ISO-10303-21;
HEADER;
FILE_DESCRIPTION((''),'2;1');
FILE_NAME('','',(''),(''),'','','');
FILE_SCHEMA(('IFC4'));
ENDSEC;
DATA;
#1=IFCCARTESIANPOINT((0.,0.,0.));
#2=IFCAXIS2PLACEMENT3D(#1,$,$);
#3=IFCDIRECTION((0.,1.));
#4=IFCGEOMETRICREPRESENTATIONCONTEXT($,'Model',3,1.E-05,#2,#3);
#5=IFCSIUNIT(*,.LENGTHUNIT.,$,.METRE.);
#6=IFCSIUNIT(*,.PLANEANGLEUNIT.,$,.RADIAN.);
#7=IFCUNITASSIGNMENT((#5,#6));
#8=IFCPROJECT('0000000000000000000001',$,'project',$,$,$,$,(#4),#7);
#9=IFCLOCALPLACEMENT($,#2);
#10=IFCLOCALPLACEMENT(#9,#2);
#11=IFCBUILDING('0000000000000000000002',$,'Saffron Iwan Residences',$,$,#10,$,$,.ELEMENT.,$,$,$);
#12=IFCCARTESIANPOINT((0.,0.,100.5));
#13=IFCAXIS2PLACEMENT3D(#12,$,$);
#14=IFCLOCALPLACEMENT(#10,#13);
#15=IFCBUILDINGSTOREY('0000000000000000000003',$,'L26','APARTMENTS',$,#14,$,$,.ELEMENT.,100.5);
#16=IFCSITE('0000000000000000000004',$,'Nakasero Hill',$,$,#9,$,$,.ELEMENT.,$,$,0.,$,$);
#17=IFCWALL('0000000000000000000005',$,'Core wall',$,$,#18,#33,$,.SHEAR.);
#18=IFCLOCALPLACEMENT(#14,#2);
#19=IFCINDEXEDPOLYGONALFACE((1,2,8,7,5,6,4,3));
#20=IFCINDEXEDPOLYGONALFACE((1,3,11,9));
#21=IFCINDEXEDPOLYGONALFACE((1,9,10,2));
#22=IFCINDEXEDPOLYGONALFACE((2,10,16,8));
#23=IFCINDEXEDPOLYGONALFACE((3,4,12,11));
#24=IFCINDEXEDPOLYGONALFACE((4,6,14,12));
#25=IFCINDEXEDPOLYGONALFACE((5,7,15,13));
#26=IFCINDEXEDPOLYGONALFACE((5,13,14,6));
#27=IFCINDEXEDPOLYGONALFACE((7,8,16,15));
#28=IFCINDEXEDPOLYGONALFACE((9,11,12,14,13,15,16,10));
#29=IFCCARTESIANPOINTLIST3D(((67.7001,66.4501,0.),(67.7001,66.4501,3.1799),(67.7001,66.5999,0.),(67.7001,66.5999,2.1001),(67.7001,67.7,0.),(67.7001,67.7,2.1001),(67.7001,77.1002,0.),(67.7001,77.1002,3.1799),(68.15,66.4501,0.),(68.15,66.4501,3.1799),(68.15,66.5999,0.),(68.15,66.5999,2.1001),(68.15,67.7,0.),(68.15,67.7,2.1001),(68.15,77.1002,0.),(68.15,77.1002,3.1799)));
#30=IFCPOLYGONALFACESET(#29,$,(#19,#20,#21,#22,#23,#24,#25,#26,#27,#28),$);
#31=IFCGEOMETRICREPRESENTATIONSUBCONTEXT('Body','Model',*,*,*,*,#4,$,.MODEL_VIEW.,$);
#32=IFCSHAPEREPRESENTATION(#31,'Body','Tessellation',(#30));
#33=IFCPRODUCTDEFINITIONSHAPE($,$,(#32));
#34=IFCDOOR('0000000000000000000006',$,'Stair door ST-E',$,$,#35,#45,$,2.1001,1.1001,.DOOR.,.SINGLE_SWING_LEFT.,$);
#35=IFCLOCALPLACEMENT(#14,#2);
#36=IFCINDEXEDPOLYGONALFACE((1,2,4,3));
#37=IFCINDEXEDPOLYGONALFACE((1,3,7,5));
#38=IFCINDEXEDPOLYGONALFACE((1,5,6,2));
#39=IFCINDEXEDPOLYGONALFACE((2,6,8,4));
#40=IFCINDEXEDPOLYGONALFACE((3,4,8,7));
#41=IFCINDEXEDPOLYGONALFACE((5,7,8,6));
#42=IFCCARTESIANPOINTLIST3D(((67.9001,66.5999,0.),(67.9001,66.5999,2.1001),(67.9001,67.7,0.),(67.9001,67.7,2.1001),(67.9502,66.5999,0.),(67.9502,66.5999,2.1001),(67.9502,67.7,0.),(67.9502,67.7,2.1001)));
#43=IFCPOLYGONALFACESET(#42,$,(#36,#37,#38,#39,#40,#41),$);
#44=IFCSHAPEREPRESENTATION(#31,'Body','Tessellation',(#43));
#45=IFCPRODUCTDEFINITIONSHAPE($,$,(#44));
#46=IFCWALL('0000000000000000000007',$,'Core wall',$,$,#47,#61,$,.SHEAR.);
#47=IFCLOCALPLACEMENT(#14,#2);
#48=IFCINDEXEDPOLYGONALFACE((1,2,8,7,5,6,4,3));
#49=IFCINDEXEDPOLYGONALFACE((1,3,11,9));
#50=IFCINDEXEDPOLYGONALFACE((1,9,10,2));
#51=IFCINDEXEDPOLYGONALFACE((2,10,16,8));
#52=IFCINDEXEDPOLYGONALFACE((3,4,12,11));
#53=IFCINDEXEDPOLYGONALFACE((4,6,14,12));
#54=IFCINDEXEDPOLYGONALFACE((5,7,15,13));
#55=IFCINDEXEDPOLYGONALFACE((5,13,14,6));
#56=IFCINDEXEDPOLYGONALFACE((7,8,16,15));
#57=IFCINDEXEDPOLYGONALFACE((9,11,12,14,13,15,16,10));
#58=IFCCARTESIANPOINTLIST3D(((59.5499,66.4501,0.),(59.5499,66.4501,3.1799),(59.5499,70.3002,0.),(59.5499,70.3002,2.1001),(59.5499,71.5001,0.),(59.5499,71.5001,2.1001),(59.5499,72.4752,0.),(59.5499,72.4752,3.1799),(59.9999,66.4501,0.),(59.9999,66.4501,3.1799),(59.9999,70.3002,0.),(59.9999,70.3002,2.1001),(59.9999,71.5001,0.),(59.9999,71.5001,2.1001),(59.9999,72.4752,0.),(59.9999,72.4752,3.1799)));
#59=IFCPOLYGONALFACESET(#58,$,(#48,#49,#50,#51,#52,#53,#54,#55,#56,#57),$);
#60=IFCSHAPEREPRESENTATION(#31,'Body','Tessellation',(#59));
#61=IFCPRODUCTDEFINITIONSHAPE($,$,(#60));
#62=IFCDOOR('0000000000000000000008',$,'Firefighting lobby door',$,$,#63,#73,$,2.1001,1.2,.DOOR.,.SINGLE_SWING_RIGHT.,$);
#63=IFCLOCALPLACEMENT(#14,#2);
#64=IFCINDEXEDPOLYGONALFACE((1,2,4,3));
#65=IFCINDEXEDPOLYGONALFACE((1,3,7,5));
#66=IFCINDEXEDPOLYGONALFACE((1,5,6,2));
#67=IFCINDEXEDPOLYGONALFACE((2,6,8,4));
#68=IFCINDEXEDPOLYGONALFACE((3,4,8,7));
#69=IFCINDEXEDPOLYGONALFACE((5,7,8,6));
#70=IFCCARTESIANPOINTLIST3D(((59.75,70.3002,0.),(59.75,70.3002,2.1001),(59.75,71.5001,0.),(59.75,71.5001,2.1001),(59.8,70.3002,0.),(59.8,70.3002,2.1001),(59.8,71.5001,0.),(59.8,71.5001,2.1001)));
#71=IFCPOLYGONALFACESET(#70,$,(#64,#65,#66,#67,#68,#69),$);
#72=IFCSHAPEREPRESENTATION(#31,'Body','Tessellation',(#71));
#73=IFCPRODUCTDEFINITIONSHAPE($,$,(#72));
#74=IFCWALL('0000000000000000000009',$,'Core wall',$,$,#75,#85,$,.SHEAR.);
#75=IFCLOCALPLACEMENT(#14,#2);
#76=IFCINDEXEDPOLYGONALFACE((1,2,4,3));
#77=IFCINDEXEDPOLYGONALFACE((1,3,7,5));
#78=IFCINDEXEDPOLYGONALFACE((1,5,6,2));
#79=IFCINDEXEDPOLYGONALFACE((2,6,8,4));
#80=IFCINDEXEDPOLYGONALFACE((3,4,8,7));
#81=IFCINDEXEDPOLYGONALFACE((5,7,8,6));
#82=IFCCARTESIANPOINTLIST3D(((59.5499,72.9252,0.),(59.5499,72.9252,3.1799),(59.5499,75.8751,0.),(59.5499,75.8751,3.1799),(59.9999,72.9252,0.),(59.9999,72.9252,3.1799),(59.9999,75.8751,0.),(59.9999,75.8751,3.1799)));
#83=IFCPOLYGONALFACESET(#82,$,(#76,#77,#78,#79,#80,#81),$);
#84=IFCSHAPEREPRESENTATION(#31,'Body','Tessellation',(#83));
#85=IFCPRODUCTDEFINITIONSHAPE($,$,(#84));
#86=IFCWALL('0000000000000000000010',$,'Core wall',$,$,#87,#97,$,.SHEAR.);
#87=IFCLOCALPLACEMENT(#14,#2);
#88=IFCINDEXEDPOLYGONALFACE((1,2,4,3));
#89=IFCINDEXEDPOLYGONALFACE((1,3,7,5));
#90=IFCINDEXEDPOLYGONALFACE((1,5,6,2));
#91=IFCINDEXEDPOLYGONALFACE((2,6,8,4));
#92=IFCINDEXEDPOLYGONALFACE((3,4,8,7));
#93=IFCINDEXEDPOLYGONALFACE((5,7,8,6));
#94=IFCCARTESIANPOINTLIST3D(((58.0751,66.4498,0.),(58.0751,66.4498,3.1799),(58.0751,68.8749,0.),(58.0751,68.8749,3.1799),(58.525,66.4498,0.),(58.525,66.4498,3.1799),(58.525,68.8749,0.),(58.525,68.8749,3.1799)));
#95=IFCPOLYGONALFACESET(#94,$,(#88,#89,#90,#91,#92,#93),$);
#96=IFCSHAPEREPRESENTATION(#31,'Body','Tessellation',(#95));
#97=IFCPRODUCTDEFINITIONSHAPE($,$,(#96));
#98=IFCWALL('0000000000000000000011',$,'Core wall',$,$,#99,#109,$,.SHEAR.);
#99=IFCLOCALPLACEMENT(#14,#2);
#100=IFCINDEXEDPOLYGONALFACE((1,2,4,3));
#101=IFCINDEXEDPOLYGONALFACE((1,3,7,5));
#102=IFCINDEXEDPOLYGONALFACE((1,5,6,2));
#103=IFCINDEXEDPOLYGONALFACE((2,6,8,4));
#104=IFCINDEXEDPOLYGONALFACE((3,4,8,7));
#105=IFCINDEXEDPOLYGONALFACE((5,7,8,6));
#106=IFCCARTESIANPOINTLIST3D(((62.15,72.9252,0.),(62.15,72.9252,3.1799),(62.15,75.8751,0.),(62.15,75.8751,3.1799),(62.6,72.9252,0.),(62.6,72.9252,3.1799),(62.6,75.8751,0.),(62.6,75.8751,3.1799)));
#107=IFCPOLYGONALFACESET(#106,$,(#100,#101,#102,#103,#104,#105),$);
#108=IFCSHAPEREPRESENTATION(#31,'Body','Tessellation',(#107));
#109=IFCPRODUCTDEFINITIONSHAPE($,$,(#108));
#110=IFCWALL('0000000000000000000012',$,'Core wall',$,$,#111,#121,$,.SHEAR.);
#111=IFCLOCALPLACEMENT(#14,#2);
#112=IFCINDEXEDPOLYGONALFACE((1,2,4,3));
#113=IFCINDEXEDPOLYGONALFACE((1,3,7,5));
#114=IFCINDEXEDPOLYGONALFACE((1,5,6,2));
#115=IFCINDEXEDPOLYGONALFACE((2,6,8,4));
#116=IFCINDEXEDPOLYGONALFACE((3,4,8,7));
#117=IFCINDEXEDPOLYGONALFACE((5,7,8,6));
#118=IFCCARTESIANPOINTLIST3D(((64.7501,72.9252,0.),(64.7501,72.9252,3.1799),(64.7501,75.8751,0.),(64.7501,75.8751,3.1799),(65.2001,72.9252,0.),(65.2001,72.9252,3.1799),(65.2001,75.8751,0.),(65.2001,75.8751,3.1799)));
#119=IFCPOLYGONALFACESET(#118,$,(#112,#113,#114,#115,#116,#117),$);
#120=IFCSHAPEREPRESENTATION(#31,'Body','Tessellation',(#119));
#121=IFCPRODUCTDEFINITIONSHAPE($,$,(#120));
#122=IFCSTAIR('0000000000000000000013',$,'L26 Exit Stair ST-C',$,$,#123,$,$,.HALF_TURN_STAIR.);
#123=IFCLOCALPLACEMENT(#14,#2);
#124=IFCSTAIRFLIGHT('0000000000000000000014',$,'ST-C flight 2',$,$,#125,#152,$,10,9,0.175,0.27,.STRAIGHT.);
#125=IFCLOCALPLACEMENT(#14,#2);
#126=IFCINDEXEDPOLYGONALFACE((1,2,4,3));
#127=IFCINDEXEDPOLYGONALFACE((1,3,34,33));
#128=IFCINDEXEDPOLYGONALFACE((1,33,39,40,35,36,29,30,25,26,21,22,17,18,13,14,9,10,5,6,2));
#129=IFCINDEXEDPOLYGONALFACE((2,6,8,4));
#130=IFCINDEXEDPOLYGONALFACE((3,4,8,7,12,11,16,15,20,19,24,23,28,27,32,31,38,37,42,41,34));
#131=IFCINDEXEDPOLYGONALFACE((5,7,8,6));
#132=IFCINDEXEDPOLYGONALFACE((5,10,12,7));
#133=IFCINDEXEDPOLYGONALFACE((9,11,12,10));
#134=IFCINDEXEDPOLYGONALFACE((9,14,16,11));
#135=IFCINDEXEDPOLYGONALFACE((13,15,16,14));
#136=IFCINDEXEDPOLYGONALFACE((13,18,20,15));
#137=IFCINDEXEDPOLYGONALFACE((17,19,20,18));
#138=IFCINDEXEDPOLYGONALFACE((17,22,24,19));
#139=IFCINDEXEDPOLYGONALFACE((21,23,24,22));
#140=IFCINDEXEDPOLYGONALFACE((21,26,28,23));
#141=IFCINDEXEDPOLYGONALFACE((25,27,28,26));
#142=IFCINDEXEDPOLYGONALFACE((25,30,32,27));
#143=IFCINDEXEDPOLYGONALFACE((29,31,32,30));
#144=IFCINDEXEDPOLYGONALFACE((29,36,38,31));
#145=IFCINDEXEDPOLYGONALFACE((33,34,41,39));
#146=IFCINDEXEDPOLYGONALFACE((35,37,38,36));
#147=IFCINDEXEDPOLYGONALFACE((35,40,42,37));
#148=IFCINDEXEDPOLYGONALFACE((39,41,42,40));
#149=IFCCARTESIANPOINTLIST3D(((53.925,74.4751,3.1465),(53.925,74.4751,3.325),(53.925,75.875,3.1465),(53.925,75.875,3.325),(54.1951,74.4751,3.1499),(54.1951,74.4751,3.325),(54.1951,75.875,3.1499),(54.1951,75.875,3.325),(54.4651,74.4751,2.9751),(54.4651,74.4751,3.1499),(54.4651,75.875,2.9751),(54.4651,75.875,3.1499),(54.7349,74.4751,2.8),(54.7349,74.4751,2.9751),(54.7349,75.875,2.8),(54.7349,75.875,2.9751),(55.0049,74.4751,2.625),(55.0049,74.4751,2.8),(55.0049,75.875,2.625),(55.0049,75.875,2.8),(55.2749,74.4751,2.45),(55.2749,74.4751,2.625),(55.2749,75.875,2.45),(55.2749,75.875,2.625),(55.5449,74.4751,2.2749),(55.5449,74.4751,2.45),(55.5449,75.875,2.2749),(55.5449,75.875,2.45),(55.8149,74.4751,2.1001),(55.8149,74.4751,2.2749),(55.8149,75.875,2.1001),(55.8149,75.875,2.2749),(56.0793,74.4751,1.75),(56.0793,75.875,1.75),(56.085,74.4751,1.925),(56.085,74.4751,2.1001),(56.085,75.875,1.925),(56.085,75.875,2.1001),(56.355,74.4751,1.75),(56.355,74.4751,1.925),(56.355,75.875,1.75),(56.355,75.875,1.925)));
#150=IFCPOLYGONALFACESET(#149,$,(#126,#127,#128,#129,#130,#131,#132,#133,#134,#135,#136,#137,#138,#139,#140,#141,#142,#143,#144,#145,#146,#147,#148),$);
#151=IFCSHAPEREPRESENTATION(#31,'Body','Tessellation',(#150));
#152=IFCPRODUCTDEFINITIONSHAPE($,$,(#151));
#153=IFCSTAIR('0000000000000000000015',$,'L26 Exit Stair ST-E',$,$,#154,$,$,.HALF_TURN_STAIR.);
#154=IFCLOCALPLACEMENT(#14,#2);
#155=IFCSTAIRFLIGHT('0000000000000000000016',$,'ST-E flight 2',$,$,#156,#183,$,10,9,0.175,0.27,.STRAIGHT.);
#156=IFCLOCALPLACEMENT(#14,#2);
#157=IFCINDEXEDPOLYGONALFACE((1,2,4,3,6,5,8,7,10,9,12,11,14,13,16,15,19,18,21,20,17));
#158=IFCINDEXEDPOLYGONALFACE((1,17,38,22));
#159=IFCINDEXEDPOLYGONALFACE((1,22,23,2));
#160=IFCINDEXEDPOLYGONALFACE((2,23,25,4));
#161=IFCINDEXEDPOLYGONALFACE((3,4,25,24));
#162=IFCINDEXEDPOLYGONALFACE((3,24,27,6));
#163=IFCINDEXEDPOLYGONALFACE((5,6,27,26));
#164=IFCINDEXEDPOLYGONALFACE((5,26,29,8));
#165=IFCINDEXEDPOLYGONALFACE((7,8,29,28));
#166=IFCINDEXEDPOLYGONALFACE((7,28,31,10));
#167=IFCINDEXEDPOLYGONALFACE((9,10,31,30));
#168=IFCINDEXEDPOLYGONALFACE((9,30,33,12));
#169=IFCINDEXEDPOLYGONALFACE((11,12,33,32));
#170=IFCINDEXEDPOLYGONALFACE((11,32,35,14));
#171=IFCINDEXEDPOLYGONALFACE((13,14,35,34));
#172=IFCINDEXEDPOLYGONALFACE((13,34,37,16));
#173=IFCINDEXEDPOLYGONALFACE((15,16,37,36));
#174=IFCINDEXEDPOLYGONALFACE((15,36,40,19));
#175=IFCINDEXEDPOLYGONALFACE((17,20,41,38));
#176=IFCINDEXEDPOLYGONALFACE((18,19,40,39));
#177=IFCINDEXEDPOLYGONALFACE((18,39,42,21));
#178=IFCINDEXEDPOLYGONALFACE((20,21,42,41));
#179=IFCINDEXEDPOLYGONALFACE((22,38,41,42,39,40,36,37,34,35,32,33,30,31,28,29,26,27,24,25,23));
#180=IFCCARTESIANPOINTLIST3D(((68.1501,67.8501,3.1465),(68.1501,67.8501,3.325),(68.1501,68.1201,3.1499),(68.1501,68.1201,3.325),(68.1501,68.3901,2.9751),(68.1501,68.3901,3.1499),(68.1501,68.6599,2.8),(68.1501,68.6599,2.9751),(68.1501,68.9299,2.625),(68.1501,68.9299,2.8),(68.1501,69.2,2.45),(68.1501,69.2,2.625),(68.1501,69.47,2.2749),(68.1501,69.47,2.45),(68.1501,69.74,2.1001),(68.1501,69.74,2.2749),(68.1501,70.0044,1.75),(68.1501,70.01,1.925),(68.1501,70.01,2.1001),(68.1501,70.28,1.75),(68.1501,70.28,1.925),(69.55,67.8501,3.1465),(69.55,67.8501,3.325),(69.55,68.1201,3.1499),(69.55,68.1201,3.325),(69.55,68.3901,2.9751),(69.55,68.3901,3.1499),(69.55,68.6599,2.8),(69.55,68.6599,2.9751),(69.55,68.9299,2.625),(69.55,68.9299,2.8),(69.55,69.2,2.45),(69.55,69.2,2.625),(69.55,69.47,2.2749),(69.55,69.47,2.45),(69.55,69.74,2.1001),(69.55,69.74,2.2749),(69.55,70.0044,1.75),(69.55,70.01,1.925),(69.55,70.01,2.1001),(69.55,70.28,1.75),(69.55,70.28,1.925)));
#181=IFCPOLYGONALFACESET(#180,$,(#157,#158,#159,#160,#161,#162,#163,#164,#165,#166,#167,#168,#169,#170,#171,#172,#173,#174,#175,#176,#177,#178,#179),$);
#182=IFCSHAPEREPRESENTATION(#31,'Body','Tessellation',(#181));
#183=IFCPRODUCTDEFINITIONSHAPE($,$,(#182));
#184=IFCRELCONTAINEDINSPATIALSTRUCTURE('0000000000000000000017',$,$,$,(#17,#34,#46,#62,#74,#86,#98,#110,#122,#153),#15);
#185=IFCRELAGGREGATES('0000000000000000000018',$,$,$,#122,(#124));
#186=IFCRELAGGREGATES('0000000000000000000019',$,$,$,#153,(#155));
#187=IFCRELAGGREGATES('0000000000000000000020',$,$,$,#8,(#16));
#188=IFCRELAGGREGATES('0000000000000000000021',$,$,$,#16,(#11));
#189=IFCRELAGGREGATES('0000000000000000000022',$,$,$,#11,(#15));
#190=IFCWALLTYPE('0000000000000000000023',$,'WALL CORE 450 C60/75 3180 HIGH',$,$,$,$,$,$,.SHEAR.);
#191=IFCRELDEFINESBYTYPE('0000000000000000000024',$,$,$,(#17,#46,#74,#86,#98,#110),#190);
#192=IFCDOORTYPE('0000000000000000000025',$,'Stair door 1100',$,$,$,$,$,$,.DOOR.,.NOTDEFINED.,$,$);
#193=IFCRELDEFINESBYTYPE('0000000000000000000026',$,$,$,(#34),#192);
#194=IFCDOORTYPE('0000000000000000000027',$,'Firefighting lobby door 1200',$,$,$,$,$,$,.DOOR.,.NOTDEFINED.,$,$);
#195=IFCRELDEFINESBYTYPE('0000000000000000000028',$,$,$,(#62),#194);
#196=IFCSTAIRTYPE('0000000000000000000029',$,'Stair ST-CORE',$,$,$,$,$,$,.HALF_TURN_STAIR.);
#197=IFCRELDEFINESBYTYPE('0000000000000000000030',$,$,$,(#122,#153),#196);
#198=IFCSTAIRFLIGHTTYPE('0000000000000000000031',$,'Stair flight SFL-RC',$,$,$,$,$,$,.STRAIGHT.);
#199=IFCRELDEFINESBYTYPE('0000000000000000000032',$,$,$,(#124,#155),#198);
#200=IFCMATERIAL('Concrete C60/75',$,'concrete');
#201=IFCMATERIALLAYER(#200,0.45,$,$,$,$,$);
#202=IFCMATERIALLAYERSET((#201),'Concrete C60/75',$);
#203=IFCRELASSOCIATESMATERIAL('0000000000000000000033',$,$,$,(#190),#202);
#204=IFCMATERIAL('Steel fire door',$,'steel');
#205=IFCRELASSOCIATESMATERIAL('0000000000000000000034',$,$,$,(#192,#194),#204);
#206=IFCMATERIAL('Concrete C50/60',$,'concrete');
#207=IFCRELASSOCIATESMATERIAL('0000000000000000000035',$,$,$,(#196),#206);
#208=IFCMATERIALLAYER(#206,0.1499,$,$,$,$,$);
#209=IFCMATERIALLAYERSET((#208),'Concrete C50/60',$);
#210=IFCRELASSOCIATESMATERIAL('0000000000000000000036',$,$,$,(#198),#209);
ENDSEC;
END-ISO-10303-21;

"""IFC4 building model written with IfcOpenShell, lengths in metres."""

from ifc_helpers import new_model, si_unit, direction, frame, frame_2d, origin, place, context, subcontext, project, spatial, polyline, rectangle, outline, extrude, material, layer, layer_set, type_object, element, fill, aggregate, save


model = new_model("IFC4")

# Units and contexts
model_context = context("Model", 3, precision=1e-05, world=origin(), true_north=direction((0.0, 1.0)))
body_context = subcontext(model_context, "Body", "Model", "MODEL_VIEW")
ifc_project = project(units=[si_unit("LENGTHUNIT", "METRE"), si_unit("PLANEANGLEUNIT", "RADIAN")], contexts=[model_context])

# Site, building, storey
site_placement = place(None, origin())
site = spatial("IfcSite", under=ifc_project, at=site_placement, Name="Nakasero Hill", CompositionType="ELEMENT", RefElevation=0.0)
building_placement = place(site_placement, origin())
building = spatial("IfcBuilding", under=site, at=building_placement, Name="Saffron Iwan Residences", CompositionType="ELEMENT")
storey_placement = place(building_placement, frame((0.0, 0.0, 100.5)))
storey = spatial("IfcBuildingStorey", under=building, at=storey_placement, Name="L26", Description="APARTMENTS", CompositionType="ELEMENT", Elevation=100.5)

# Shared definitions
ifc_material_1 = material(Name="Concrete C60/75", Category="concrete")

# Shared definitions
ifc_layer_1 = layer(ifc_material_1, 0.45)
ifc_layer_set_1 = layer_set([ifc_layer_1], Name="Concrete C60/75")
wall_type_1 = type_object("IfcWallType", Name="WALL CORE 450 C60/75 3180 HIGH", PredefinedType="SHEAR", material=ifc_layer_set_1)

# Walls, openings, doors
wall_1_placement = place(storey_placement, frame((67.925, 66.45, 0.0), z_axis=(0.0, 0.0, 1.0), x_axis=(0.0, 1.0, 0.0)))
wall_1 = element("IfcWall", 1, at=wall_1_placement, inside=storey, type_object=wall_type_1, Name="Core wall", PredefinedType="SHEAR", context=body_context, shape_type="SweptSolid", body=[
    extrude(rectangle(XDim=10.6501, YDim=0.45, at=frame_2d((5.3252, 0.0))), origin(), (0.0, 0.0, 1.0), 3.1799),
])
opening_1_placement = place(wall_1_placement, frame((0.1499, 0.0, 0.0)))
opening_1 = element("IfcOpeningElement", 2, at=opening_1_placement, cuts=wall_1, PredefinedType="OPENING", context=body_context, shape_type="SweptSolid", body=[
    extrude(rectangle(XDim=1.1001, YDim=2.1001, at=frame_2d((0.55, 1.05))), frame((0.0, 0.2349, 0.0), z_axis=(0.0, -1.0, 0.0), x_axis=(1.0, 0.0, 0.0)), (0.0, 0.0, 1.0), 0.47),
])
ifc_material_2 = material(Name="Steel fire door", Category="steel")
door_type_1 = type_object("IfcDoorType", Name="Stair door 1100", OperationType="NOTDEFINED", PredefinedType="DOOR", material=ifc_material_2)
door_1_placement = place(opening_1_placement, origin())
door_1 = element("IfcDoor", 3, at=door_1_placement, inside=storey, type_object=door_type_1, Name="Stair door ST-E", OperationType="SINGLE_SWING_LEFT", OverallHeight=2.1001, OverallWidth=1.1001, PredefinedType="DOOR", context=body_context, shape_type="SweptSolid", body=[
    extrude(rectangle(XDim=1.1001, YDim=2.1001, at=frame_2d((0.55, 1.05))), frame((0.0, 0.0249, 0.0), z_axis=(0.0, -1.0, 0.0), x_axis=(1.0, 0.0, 0.0)), (0.0, 0.0, 1.0), 0.05),
])
fill(opening_1, door_1)
wall_2_placement = place(storey_placement, frame((59.7749, 66.45, 0.0), z_axis=(0.0, 0.0, 1.0), x_axis=(0.0, 1.0, 0.0)))
wall_2 = element("IfcWall", 4, at=wall_2_placement, inside=storey, type_object=wall_type_1, Name="Core wall", PredefinedType="SHEAR", context=body_context, shape_type="SweptSolid", body=[
    extrude(rectangle(XDim=6.0251, YDim=0.45, at=frame_2d((3.0127, 0.0))), origin(), (0.0, 0.0, 1.0), 3.1799),
])
opening_2_placement = place(wall_2_placement, frame((3.8501, 0.0, 0.0)))
opening_2 = element("IfcOpeningElement", 5, at=opening_2_placement, cuts=wall_2, PredefinedType="OPENING", context=body_context, shape_type="SweptSolid", body=[
    extrude(rectangle(XDim=1.2, YDim=2.1001, at=frame_2d((0.6001, 1.05))), frame((0.0, 0.2349, 0.0), z_axis=(0.0, -1.0, 0.0), x_axis=(1.0, 0.0, 0.0)), (0.0, 0.0, 1.0), 0.47),
])
door_type_2 = type_object("IfcDoorType", Name="Firefighting lobby door 1200", OperationType="NOTDEFINED", PredefinedType="DOOR", material=ifc_material_2)
door_2_placement = place(opening_2_placement, origin())
door_2 = element("IfcDoor", 6, at=door_2_placement, inside=storey, type_object=door_type_2, Name="Firefighting lobby door", OperationType="SINGLE_SWING_RIGHT", OverallHeight=2.1001, OverallWidth=1.2, PredefinedType="DOOR", context=body_context, shape_type="SweptSolid", body=[
    extrude(rectangle(XDim=1.2, YDim=2.1001, at=frame_2d((0.6001, 1.05))), frame((0.0, 0.0249, 0.0), z_axis=(0.0, -1.0, 0.0), x_axis=(1.0, 0.0, 0.0)), (0.0, 0.0, 1.0), 0.05),
])
fill(opening_2, door_2)

# Walls
wall_3_placement = place(storey_placement, frame((59.7749, 72.925, 0.0), z_axis=(0.0, 0.0, 1.0), x_axis=(0.0, 1.0, 0.0)))
element("IfcWall", 7, at=wall_3_placement, inside=storey, type_object=wall_type_1, Name="Core wall", PredefinedType="SHEAR", context=body_context, shape_type="SweptSolid", body=[
    extrude(rectangle(XDim=2.95, YDim=0.45, at=frame_2d((1.4751, 0.0))), origin(), (0.0, 0.0, 1.0), 3.1799),
])
wall_4_placement = place(storey_placement, frame((58.3, 66.45, 0.0), z_axis=(0.0, 0.0, 1.0), x_axis=(0.0, 1.0, 0.0)))
element("IfcWall", 8, at=wall_4_placement, inside=storey, type_object=wall_type_1, Name="Core wall", PredefinedType="SHEAR", context=body_context, shape_type="SweptSolid", body=[
    extrude(rectangle(XDim=2.425, YDim=0.45, at=frame_2d((1.2124, 0.0))), origin(), (0.0, 0.0, 1.0), 3.1799),
])
for number, where, z_axis, x_axis, name in (
    (9, (62.375, 72.925, 0.0), (0.0, 0.0, 1.0), (0.0, 1.0, 0.0), "Core wall"),
    (10, (64.9751, 72.925, 0.0), (0.0, 0.0, 1.0), (0.0, 1.0, 0.0), "Core wall"),
):
    element("IfcWall", number, at=place(storey_placement, frame(where, z_axis=z_axis, x_axis=x_axis)), inside=storey, type_object=wall_type_1, Name=name, PredefinedType="SHEAR", context=body_context, shape_type="SweptSolid", body=[
        extrude(rectangle(XDim=2.95, YDim=0.45, at=frame_2d((1.4751, 0.0))), origin(), (0.0, 0.0, 1.0), 3.1799),
    ])

# Stairs, stair flights
ifc_material_3 = material(Name="Concrete C50/60", Category="concrete")
stair_type = type_object("IfcStairType", Name="Stair ST-CORE", PredefinedType="HALF_TURN_STAIR", material=ifc_material_3)
stair_1_placement = place(storey_placement, origin())
stair_1 = element("IfcStair", 11, at=stair_1_placement, inside=storey, type_object=stair_type, Name="L26 Exit Stair ST-C", PredefinedType="HALF_TURN_STAIR")
ifc_layer_2 = layer(ifc_material_3, 0.1499)
ifc_layer_set_2 = layer_set([ifc_layer_2], Name="Concrete C50/60")
stair_flight_type = type_object("IfcStairFlightType", Name="Stair flight SFL-RC", PredefinedType="STRAIGHT", material=ifc_layer_set_2)
stair_flight_1_placement = place(storey_placement, frame((56.355, 75.175, 1.75), z_axis=(0.0, 0.0, 1.0), x_axis=(-1.0, 0.0, 0.0)))
stair_flight_1 = element("IfcStairFlight", 12, at=stair_flight_1_placement, type_object=stair_flight_type, Name="ST-C flight 2", NumberOfRisers=10, NumberOfTreads=9, PredefinedType="STRAIGHT", RiserHeight=0.175, TreadLength=0.27, context=body_context, shape_type="SweptSolid", body=[
    extrude(outline(polyline([(0.0, 0.0), (0.0, 0.175), (0.27, 0.175), (0.27, 0.3501), (0.54, 0.3501), (0.54, 0.5249), (0.8101, 0.5249), (0.8101, 0.7), (1.0801, 0.7), (1.0801, 0.875), (1.3501, 0.875), (1.3501, 1.05), (1.6201, 1.05), (1.6201, 1.2251), (1.8899, 1.2251), (1.8899, 1.3999), (2.1599, 1.3999), (2.1599, 1.575), (2.4299, 1.575), (2.4299, 1.75), (2.4299, 1.3965), (0.2756, 0.0), (0.0, 0.0)])), frame((0.0, 0.7, 0.0), z_axis=(0.0, -1.0, 0.0), x_axis=(1.0, 0.0, 0.0)), (0.0, 0.0, 1.0), 1.3999),
])
aggregate(stair_1, [stair_flight_1])
stair_2_placement = place(storey_placement, origin())
stair_2 = element("IfcStair", 13, at=stair_2_placement, inside=storey, type_object=stair_type, Name="L26 Exit Stair ST-E", PredefinedType="HALF_TURN_STAIR")
stair_flight_2_placement = place(storey_placement, frame((68.8501, 70.28, 1.75), z_axis=(0.0, 0.0, 1.0), x_axis=(0.0, -1.0, 0.0)))
stair_flight_2 = element("IfcStairFlight", 14, at=stair_flight_2_placement, type_object=stair_flight_type, Name="ST-E flight 2", NumberOfRisers=10, NumberOfTreads=9, PredefinedType="STRAIGHT", RiserHeight=0.175, TreadLength=0.27, context=body_context, shape_type="SweptSolid", body=[
    extrude(outline(polyline([(0.0, 0.0), (0.0, 0.175), (0.27, 0.175), (0.27, 0.3501), (0.54, 0.3501), (0.54, 0.5249), (0.8101, 0.5249), (0.8101, 0.7), (1.0801, 0.7), (1.0801, 0.875), (1.3501, 0.875), (1.3501, 1.05), (1.6201, 1.05), (1.6201, 1.2251), (1.8899, 1.2251), (1.8899, 1.3999), (2.1599, 1.3999), (2.1599, 1.575), (2.4299, 1.575), (2.4299, 1.75), (2.4299, 1.3965), (0.2756, 0.0), (0.0, 0.0)])), frame((0.0, 0.7, 0.0), z_axis=(0.0, -1.0, 0.0), x_axis=(1.0, 0.0, 0.0)), (0.0, 0.0, 1.0), 1.3999),
])
aggregate(stair_2, [stair_flight_2])

save(model, "model.ifc")
